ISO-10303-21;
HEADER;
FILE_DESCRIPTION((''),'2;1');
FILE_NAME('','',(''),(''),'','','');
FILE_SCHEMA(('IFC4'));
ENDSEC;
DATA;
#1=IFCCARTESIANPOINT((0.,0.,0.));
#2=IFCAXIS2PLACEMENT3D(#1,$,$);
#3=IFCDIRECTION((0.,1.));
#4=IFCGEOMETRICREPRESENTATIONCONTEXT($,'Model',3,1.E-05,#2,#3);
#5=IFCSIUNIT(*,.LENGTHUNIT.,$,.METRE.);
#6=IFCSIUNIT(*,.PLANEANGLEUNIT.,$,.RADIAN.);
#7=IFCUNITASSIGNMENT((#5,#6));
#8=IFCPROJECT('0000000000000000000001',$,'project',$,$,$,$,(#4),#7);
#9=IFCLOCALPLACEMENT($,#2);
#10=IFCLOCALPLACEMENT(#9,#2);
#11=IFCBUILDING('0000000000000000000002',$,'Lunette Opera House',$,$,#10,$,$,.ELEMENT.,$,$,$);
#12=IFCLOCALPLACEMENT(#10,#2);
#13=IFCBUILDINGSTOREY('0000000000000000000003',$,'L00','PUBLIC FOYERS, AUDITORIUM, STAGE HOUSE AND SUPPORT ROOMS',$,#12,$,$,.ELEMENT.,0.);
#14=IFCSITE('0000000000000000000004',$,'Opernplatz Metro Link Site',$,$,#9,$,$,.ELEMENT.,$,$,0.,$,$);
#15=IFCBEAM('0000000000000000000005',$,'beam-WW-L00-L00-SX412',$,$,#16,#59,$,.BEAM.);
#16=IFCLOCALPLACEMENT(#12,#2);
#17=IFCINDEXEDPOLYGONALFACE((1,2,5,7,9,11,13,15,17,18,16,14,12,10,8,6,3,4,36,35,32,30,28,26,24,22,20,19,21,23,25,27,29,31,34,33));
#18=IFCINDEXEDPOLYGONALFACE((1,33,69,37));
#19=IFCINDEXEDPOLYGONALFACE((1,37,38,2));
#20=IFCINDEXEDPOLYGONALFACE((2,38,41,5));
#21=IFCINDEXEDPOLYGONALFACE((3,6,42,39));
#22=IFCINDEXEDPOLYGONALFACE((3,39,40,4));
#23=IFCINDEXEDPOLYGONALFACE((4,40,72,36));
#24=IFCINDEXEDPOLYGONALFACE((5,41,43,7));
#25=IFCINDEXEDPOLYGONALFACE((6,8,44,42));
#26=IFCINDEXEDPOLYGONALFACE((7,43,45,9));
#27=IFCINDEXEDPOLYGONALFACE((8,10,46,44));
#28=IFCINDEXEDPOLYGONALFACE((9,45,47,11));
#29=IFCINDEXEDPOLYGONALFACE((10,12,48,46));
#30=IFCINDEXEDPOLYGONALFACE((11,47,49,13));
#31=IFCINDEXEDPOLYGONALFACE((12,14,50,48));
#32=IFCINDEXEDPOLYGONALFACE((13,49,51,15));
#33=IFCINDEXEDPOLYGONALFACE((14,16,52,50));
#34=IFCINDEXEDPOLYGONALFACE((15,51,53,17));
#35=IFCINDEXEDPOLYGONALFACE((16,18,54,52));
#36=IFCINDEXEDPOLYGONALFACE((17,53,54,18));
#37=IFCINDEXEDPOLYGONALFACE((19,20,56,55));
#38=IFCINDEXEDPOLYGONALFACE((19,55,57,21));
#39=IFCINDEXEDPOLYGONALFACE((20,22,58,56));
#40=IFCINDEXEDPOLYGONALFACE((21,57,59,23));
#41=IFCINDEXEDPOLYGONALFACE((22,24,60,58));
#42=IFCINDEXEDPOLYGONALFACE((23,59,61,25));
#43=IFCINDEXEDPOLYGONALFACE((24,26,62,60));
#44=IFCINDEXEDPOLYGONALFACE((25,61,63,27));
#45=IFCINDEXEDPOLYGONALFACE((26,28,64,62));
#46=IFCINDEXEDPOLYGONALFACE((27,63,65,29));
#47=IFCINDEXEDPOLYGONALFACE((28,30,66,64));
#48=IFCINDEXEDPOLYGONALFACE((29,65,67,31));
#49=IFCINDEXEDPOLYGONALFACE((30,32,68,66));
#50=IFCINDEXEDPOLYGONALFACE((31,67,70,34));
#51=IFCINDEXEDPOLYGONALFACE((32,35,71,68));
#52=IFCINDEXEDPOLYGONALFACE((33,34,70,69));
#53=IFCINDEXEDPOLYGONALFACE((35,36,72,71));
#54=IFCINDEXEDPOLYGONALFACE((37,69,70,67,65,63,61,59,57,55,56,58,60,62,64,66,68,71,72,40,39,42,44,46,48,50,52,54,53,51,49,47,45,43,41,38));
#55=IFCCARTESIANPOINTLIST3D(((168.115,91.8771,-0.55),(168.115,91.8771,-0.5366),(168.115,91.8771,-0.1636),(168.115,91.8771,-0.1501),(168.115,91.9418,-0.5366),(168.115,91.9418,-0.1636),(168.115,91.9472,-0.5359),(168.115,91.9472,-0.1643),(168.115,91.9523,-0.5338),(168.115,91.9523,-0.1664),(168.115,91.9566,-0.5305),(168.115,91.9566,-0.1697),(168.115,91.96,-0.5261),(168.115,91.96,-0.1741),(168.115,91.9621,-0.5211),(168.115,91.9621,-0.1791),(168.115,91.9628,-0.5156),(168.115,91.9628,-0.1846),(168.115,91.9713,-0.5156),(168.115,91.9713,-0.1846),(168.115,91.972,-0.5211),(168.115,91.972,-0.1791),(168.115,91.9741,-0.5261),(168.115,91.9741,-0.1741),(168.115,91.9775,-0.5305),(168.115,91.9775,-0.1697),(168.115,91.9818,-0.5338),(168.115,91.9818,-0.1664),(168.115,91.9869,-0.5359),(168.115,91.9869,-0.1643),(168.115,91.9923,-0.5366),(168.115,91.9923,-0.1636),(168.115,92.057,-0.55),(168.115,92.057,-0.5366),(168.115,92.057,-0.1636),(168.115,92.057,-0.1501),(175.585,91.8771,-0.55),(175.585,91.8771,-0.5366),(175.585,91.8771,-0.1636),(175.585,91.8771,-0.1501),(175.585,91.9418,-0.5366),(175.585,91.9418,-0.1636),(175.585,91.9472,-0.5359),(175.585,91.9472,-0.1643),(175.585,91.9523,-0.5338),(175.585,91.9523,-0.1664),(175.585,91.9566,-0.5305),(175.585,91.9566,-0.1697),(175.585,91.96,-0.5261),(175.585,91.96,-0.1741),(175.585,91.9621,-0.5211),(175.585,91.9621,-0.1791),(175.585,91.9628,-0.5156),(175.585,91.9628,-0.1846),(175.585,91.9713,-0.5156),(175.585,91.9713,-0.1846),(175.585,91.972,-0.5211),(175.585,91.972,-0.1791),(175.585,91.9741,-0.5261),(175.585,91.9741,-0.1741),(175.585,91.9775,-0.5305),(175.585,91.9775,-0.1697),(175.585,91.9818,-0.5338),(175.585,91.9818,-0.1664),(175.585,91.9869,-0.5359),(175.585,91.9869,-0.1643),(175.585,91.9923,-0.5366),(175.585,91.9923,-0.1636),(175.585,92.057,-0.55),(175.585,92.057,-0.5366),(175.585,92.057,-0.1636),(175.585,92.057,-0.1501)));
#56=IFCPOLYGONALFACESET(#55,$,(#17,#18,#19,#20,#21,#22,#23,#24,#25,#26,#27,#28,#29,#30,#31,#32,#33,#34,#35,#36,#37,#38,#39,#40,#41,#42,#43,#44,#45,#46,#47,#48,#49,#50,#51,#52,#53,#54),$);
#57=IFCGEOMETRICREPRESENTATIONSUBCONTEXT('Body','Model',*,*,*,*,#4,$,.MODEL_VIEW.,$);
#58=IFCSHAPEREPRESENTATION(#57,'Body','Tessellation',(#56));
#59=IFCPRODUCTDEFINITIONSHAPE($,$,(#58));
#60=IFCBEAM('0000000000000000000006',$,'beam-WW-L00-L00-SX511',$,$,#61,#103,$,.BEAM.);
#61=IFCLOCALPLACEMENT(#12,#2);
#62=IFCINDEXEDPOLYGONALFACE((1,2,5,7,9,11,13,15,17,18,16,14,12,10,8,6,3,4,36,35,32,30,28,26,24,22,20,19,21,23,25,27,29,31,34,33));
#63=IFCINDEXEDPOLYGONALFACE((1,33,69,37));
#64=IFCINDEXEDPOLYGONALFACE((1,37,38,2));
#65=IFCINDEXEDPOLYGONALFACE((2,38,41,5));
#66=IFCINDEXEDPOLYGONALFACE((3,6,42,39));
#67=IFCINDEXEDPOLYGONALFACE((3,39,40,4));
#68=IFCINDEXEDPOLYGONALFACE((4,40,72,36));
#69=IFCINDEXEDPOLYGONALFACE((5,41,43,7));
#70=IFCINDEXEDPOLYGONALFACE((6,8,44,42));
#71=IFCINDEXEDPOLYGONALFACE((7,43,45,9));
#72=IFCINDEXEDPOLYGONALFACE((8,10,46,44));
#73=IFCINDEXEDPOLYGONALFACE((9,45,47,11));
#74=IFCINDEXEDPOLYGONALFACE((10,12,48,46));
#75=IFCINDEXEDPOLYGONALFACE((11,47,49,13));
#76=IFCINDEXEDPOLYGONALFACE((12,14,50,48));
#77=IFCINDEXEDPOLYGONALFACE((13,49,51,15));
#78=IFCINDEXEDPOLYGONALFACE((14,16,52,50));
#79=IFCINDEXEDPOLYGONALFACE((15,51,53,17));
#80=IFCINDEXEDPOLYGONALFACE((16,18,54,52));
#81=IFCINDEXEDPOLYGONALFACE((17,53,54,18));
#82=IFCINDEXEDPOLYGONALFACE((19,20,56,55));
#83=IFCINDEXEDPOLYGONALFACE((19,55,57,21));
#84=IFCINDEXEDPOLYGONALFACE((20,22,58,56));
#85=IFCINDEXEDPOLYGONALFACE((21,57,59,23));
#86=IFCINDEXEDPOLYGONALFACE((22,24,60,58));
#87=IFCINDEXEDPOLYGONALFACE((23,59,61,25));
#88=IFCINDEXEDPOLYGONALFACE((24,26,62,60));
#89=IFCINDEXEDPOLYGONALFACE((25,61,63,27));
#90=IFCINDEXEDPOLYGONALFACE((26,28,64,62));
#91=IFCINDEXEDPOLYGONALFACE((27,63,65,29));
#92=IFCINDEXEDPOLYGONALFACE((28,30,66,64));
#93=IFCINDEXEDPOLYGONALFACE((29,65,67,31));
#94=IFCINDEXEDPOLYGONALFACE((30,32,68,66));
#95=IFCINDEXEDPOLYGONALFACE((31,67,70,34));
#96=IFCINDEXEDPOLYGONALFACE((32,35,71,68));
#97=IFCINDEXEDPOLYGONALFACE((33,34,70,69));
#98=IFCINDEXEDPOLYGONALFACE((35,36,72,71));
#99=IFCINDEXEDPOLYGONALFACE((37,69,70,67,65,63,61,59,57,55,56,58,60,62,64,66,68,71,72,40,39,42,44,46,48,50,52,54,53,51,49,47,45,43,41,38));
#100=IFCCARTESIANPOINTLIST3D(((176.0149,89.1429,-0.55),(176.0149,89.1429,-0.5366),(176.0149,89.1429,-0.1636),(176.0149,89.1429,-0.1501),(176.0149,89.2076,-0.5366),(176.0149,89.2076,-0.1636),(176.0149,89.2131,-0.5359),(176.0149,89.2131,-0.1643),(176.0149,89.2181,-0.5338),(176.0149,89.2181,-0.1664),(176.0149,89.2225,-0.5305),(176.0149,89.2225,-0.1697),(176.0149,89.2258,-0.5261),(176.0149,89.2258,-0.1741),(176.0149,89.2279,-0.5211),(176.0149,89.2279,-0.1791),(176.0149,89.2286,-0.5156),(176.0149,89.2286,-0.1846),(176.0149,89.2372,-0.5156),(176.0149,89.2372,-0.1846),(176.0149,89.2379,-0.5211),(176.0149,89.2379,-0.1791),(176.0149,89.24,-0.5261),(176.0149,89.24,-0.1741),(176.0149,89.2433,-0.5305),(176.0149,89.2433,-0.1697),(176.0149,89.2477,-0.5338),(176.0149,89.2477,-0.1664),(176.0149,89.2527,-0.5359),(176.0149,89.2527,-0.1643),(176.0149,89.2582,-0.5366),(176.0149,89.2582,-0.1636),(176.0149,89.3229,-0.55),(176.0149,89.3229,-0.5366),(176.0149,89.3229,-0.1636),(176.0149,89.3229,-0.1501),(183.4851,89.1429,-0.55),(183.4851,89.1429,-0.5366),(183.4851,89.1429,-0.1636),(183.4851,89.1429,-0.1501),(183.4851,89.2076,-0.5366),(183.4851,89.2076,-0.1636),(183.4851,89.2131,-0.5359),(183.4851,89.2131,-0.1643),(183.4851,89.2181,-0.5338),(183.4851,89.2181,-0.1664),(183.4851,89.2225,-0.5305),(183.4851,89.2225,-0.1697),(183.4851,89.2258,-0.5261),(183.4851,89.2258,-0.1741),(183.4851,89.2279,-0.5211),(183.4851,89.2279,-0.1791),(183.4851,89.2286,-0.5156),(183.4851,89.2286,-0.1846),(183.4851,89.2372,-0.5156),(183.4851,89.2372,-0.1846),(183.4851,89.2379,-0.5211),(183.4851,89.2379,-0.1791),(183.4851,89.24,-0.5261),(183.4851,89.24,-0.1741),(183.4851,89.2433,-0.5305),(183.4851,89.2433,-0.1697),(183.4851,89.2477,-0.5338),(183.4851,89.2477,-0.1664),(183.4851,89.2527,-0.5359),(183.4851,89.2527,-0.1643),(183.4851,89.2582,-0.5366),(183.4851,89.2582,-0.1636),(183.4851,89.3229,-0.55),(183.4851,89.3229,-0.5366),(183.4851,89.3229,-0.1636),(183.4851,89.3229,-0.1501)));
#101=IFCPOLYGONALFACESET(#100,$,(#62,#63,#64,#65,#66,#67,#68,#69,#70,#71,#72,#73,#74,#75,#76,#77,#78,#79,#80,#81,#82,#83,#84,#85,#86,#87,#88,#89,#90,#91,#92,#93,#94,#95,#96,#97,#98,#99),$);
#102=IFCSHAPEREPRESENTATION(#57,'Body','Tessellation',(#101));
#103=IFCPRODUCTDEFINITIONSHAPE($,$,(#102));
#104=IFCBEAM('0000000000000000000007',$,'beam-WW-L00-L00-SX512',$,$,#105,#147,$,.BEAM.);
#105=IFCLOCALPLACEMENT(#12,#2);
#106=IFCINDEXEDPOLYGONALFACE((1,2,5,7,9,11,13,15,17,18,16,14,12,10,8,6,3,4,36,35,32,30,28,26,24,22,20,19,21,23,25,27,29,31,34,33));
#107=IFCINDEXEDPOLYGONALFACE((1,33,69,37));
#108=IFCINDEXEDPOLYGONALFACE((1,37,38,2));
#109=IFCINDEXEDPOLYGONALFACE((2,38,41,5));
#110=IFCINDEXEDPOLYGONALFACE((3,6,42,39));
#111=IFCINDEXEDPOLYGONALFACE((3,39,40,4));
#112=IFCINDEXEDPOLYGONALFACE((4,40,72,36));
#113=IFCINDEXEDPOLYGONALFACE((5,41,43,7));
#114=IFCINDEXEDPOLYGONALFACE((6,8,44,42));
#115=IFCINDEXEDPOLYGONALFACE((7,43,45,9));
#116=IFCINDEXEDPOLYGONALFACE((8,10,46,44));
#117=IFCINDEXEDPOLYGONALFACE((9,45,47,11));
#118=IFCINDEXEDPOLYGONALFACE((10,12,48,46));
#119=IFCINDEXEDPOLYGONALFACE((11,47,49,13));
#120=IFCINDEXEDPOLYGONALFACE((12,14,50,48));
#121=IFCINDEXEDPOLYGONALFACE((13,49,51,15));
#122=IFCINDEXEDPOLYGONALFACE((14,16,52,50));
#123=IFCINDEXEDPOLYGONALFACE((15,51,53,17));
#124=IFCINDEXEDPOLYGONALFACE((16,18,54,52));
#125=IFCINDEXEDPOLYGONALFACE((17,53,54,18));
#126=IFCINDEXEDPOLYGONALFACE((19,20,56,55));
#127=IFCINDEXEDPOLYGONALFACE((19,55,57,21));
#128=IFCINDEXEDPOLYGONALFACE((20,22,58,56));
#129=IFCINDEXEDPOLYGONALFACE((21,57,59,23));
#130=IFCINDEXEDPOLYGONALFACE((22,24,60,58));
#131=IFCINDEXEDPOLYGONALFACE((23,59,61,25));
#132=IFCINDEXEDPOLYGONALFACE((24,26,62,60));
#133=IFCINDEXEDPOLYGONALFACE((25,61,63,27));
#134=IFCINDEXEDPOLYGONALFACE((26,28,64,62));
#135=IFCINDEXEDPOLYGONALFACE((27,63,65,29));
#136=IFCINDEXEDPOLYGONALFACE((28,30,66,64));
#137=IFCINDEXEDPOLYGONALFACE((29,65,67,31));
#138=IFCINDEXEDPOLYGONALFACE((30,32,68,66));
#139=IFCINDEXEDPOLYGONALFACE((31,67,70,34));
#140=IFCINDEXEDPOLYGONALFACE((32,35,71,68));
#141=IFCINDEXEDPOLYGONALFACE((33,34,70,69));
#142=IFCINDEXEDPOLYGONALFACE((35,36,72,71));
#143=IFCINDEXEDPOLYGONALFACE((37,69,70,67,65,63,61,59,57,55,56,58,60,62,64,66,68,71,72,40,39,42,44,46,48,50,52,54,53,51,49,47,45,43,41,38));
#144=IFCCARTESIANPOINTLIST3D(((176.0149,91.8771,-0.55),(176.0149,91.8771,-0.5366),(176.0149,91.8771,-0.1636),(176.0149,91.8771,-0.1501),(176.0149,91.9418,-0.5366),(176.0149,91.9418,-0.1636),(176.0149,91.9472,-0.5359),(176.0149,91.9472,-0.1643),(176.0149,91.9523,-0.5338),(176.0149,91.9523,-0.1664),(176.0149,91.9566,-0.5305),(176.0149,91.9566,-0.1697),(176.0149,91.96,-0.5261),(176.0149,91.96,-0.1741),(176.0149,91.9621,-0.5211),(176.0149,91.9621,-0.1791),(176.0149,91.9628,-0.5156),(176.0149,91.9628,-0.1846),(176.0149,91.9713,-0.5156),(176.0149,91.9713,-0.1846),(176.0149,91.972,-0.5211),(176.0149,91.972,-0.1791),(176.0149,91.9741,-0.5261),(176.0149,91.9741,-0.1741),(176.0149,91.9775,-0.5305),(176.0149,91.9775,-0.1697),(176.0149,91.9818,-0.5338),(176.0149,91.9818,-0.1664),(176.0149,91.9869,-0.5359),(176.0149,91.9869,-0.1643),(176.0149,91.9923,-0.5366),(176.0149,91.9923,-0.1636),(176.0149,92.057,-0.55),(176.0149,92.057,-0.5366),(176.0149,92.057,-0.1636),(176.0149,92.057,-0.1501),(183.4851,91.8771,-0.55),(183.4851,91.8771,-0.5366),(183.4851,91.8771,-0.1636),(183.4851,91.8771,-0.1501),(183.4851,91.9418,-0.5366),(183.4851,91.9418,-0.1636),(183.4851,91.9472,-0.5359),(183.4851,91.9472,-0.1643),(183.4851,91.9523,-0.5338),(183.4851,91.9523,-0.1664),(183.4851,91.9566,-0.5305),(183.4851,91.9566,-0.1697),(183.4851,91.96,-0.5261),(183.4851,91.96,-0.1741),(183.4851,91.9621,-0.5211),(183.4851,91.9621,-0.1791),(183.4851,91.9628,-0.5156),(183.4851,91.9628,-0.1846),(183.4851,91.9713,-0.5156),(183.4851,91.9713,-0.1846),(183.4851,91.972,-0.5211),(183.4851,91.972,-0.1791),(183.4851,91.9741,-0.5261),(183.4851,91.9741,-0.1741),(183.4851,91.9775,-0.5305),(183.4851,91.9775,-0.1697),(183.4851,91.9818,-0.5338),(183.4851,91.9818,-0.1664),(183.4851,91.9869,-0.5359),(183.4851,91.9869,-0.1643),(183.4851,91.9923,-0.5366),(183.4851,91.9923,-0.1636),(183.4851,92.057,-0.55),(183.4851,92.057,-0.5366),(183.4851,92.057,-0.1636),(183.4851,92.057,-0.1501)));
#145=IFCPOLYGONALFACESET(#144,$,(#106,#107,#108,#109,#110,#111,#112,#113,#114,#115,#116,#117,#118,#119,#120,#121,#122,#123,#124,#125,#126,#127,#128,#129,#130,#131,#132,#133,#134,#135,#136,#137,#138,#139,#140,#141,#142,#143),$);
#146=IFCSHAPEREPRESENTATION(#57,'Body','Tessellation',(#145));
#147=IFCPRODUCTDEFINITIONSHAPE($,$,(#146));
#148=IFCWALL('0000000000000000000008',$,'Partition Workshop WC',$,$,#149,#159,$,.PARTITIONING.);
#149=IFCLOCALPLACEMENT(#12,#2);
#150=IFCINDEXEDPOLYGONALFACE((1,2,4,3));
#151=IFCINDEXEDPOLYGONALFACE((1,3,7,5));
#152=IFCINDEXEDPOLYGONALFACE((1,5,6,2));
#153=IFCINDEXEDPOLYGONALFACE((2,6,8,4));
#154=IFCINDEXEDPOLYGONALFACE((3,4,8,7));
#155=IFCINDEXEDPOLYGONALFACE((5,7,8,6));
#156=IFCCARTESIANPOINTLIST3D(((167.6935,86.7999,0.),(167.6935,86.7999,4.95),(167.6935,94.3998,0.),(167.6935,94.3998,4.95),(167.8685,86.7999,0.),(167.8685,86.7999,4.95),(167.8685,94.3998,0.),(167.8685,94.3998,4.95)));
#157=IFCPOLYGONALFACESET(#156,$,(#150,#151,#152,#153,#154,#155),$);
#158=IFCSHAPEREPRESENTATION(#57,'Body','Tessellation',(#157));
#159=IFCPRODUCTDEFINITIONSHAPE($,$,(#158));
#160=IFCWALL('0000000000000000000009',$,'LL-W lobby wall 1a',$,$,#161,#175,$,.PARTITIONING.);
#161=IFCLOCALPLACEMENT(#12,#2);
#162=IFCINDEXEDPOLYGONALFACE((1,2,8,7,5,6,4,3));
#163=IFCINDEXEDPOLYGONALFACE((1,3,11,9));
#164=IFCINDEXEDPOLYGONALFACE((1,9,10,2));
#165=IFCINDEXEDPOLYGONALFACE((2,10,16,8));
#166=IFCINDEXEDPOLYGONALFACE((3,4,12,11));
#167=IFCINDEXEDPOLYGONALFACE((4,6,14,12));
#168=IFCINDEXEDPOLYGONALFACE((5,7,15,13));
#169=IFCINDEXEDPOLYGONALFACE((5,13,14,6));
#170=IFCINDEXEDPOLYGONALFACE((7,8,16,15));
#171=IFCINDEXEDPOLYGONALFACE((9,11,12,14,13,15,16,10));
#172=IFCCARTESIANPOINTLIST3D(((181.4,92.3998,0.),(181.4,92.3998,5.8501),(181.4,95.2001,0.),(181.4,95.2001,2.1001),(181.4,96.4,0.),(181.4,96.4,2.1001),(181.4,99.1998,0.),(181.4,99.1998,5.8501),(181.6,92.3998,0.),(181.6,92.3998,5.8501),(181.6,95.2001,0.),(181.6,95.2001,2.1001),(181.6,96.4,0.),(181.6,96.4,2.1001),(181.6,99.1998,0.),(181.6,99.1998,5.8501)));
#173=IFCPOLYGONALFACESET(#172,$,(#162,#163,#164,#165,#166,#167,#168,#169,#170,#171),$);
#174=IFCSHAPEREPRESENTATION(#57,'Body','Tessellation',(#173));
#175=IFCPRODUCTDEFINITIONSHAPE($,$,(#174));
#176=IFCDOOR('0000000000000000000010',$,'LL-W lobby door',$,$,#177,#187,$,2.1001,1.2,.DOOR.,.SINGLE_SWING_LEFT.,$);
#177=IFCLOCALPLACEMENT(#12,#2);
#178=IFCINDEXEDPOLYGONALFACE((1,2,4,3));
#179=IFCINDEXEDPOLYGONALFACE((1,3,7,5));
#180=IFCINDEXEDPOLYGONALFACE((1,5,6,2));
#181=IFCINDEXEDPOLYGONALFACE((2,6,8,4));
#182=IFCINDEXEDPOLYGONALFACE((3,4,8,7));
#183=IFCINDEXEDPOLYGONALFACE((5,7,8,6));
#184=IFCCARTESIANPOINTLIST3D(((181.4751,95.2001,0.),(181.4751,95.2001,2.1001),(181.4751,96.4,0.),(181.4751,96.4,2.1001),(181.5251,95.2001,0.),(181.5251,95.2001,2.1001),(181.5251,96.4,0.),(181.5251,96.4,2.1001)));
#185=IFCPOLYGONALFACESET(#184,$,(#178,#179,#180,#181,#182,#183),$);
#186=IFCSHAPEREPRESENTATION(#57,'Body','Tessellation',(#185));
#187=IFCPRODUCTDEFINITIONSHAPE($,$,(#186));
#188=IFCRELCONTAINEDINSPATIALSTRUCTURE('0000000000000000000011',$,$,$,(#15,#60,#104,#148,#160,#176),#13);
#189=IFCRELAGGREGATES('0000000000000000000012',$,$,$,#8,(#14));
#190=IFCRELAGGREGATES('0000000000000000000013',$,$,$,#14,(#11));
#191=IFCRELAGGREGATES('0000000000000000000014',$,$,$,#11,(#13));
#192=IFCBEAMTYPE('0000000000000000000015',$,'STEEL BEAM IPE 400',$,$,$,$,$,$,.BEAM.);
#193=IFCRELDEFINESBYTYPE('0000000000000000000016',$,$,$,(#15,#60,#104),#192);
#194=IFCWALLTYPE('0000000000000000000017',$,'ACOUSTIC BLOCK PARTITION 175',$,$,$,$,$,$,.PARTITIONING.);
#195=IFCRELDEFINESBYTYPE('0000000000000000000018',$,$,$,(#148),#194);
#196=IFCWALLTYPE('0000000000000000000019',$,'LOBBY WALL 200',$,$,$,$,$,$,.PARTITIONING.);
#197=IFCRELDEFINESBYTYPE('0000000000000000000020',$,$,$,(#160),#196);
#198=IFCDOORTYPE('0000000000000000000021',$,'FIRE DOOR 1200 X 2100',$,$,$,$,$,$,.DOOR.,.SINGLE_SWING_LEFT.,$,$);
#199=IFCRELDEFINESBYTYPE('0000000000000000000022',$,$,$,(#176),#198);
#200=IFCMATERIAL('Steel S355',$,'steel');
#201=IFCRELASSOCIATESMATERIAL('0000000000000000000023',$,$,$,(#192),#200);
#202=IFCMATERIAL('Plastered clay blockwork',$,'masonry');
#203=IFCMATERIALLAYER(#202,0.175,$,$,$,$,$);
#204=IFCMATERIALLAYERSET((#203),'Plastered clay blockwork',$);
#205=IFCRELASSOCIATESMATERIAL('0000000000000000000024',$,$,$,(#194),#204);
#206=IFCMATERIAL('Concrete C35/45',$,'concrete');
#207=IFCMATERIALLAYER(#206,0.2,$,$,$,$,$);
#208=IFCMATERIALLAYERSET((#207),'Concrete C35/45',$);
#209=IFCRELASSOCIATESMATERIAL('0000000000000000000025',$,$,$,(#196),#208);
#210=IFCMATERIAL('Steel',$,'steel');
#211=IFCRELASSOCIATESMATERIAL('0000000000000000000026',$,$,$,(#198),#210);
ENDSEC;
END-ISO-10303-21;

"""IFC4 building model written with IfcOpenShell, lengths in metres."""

from ifc_helpers import new_model, si_unit, direction, frame, frame_2d, origin, origin_2d, place, context, subcontext, project, spatial, rectangle, i_section, extrude, material, layer, layer_set, material_profile, profile_set, type_object, element, fill, save


model = new_model("IFC4")

# Units and contexts
model_context = context("Model", 3, precision=1e-05, world=origin(), true_north=direction((0.0, 1.0)))
body_context = subcontext(model_context, "Body", "Model", "MODEL_VIEW")
ifc_project = project(units=[si_unit("LENGTHUNIT", "METRE"), si_unit("PLANEANGLEUNIT", "RADIAN")], contexts=[model_context])

# Site, building, storey
site_placement = place(None, origin())
site = spatial("IfcSite", under=ifc_project, at=site_placement, Name="Opernplatz Metro Link Site", CompositionType="ELEMENT", RefElevation=0.0)
building_placement = place(site_placement, origin())
building = spatial("IfcBuilding", under=site, at=building_placement, Name="Lunette Opera House", CompositionType="ELEMENT")
storey_placement = place(building_placement, origin())
storey = spatial("IfcBuildingStorey", under=building, at=storey_placement, Name="L00", Description="PUBLIC FOYERS, AUDITORIUM, STAGE HOUSE AND SUPPORT ROOMS", CompositionType="ELEMENT", Elevation=0.0)

# Beams
ifc_material_1 = material(Name="Steel S355", Category="steel")
ifc_material_profile_1 = material_profile(ifc_material_1, i_section(OverallWidth=0.1799, OverallDepth=0.3999, WebThickness=0.0085, FlangeThickness=0.0134, FilletRadius=0.021, at=origin_2d()), Name="IPE 400")
ifc_profile_set_1 = profile_set([ifc_material_profile_1], Name="Steel S355")
beam_type_1 = type_object("IfcBeamType", Name="STEEL BEAM IPE 400", PredefinedType="BEAM", material=ifc_profile_set_1)
for number, where, z_axis, x_axis, name in (
    (1, (168.115, 91.967, -0.3501), (1.0, 0.0, 0.0), (0.0, 1.0, 0.0), "beam-WW-L00-L00-SX412"),
):
    element("IfcBeam", number, at=place(storey_placement, frame(where, z_axis=z_axis, x_axis=x_axis)), inside=storey, type_object=beam_type_1, Name=name, PredefinedType="BEAM", context=body_context, shape_type="SweptSolid", body=[
        extrude(i_section(OverallWidth=0.1799, OverallDepth=0.3999, WebThickness=0.0085, FlangeThickness=0.0134, FilletRadius=0.021, at=origin_2d()), origin(), (0.0, 0.0, 1.0), 7.47),
    ])
for number, where, z_axis, x_axis, name in (
    (2, (176.0149, 89.2329, -0.3501), (1.0, 0.0, 0.0), (0.0, 1.0, 0.0), "beam-WW-L00-L00-SX511"),
    (3, (176.0149, 91.967, -0.3501), (1.0, 0.0, 0.0), (0.0, 1.0, 0.0), "beam-WW-L00-L00-SX512"),
):
    element("IfcBeam", number, at=place(storey_placement, frame(where, z_axis=z_axis, x_axis=x_axis)), inside=storey, type_object=beam_type_1, Name=name, PredefinedType="BEAM", context=body_context, shape_type="SweptSolid", body=[
        extrude(i_section(OverallWidth=0.1799, OverallDepth=0.3999, WebThickness=0.0085, FlangeThickness=0.0134, FilletRadius=0.021, at=origin_2d()), origin(), (0.0, 0.0, 1.0), 7.4702),
    ])

# Wall
ifc_material_2 = material(Name="Plastered clay blockwork", Category="masonry")
ifc_layer_1 = layer(ifc_material_2, 0.175)
ifc_layer_set_1 = layer_set([ifc_layer_1], Name="Plastered clay blockwork")
wall_type_1 = type_object("IfcWallType", Name="ACOUSTIC BLOCK PARTITION 175", PredefinedType="PARTITIONING", material=ifc_layer_set_1)
wall_1_placement = place(storey_placement, frame((167.781, 86.8, 0.0), z_axis=(0.0, 0.0, 1.0), x_axis=(0.0, 1.0, 0.0)))
element("IfcWall", 4, at=wall_1_placement, inside=storey, type_object=wall_type_1, Name="Partition Workshop WC", PredefinedType="PARTITIONING", context=body_context, shape_type="SweptSolid", body=[
    extrude(rectangle(XDim=7.5999, YDim=0.175, at=frame_2d((3.7998, 0.0))), origin(), (0.0, 0.0, 1.0), 4.95),
])

# Wall, opening, door
ifc_material_3 = material(Name="Concrete C35/45", Category="concrete")
ifc_layer_2 = layer(ifc_material_3, 0.2)
ifc_layer_set_2 = layer_set([ifc_layer_2], Name="Concrete C35/45")
wall_type_2 = type_object("IfcWallType", Name="LOBBY WALL 200", PredefinedType="PARTITIONING", material=ifc_layer_set_2)
wall_2_placement = place(storey_placement, frame((181.5, 92.3999, 0.0), z_axis=(0.0, 0.0, 1.0), x_axis=(0.0, 1.0, 0.0)))
wall_2 = element("IfcWall", 5, at=wall_2_placement, inside=storey, type_object=wall_type_2, Name="LL-W lobby wall 1a", PredefinedType="PARTITIONING", context=body_context, shape_type="SweptSolid", body=[
    extrude(rectangle(XDim=6.8, YDim=0.2, at=frame_2d((3.3999, 0.0))), origin(), (0.0, 0.0, 1.0), 5.8501),
])
opening_1_placement = place(wall_2_placement, frame((2.8, 0.0, 0.0)))
opening_1 = element("IfcOpeningElement", 6, at=opening_1_placement, cuts=wall_2, PredefinedType="OPENING", context=body_context, shape_type="SweptSolid", body=[
    extrude(rectangle(XDim=1.2, YDim=2.1001, at=frame_2d((0.6001, 1.05))), frame((0.0, 0.1121, 0.0), z_axis=(0.0, -1.0, 0.0), x_axis=(1.0, 0.0, 0.0)), (0.0, 0.0, 1.0), 0.2239),
])
ifc_material_4 = material(Name="Steel", Category="steel")
door_type = type_object("IfcDoorType", Name="FIRE DOOR 1200 X 2100", OperationType="SINGLE_SWING_LEFT", PredefinedType="DOOR", material=ifc_material_4)
door_1_placement = place(opening_1_placement, origin())
door_1 = element("IfcDoor", 7, at=door_1_placement, inside=storey, type_object=door_type, Name="LL-W lobby door", OperationType="SINGLE_SWING_LEFT", OverallHeight=2.1001, OverallWidth=1.2, PredefinedType="DOOR", context=body_context, shape_type="SweptSolid", body=[
    extrude(rectangle(XDim=1.2, YDim=2.1001, at=frame_2d((0.6001, 1.05))), frame((0.0, 0.0249, 0.0), z_axis=(0.0, -1.0, 0.0), x_axis=(1.0, 0.0, 0.0)), (0.0, 0.0, 1.0), 0.05),
])
fill(opening_1, door_1)

save(model, "model.ifc")
